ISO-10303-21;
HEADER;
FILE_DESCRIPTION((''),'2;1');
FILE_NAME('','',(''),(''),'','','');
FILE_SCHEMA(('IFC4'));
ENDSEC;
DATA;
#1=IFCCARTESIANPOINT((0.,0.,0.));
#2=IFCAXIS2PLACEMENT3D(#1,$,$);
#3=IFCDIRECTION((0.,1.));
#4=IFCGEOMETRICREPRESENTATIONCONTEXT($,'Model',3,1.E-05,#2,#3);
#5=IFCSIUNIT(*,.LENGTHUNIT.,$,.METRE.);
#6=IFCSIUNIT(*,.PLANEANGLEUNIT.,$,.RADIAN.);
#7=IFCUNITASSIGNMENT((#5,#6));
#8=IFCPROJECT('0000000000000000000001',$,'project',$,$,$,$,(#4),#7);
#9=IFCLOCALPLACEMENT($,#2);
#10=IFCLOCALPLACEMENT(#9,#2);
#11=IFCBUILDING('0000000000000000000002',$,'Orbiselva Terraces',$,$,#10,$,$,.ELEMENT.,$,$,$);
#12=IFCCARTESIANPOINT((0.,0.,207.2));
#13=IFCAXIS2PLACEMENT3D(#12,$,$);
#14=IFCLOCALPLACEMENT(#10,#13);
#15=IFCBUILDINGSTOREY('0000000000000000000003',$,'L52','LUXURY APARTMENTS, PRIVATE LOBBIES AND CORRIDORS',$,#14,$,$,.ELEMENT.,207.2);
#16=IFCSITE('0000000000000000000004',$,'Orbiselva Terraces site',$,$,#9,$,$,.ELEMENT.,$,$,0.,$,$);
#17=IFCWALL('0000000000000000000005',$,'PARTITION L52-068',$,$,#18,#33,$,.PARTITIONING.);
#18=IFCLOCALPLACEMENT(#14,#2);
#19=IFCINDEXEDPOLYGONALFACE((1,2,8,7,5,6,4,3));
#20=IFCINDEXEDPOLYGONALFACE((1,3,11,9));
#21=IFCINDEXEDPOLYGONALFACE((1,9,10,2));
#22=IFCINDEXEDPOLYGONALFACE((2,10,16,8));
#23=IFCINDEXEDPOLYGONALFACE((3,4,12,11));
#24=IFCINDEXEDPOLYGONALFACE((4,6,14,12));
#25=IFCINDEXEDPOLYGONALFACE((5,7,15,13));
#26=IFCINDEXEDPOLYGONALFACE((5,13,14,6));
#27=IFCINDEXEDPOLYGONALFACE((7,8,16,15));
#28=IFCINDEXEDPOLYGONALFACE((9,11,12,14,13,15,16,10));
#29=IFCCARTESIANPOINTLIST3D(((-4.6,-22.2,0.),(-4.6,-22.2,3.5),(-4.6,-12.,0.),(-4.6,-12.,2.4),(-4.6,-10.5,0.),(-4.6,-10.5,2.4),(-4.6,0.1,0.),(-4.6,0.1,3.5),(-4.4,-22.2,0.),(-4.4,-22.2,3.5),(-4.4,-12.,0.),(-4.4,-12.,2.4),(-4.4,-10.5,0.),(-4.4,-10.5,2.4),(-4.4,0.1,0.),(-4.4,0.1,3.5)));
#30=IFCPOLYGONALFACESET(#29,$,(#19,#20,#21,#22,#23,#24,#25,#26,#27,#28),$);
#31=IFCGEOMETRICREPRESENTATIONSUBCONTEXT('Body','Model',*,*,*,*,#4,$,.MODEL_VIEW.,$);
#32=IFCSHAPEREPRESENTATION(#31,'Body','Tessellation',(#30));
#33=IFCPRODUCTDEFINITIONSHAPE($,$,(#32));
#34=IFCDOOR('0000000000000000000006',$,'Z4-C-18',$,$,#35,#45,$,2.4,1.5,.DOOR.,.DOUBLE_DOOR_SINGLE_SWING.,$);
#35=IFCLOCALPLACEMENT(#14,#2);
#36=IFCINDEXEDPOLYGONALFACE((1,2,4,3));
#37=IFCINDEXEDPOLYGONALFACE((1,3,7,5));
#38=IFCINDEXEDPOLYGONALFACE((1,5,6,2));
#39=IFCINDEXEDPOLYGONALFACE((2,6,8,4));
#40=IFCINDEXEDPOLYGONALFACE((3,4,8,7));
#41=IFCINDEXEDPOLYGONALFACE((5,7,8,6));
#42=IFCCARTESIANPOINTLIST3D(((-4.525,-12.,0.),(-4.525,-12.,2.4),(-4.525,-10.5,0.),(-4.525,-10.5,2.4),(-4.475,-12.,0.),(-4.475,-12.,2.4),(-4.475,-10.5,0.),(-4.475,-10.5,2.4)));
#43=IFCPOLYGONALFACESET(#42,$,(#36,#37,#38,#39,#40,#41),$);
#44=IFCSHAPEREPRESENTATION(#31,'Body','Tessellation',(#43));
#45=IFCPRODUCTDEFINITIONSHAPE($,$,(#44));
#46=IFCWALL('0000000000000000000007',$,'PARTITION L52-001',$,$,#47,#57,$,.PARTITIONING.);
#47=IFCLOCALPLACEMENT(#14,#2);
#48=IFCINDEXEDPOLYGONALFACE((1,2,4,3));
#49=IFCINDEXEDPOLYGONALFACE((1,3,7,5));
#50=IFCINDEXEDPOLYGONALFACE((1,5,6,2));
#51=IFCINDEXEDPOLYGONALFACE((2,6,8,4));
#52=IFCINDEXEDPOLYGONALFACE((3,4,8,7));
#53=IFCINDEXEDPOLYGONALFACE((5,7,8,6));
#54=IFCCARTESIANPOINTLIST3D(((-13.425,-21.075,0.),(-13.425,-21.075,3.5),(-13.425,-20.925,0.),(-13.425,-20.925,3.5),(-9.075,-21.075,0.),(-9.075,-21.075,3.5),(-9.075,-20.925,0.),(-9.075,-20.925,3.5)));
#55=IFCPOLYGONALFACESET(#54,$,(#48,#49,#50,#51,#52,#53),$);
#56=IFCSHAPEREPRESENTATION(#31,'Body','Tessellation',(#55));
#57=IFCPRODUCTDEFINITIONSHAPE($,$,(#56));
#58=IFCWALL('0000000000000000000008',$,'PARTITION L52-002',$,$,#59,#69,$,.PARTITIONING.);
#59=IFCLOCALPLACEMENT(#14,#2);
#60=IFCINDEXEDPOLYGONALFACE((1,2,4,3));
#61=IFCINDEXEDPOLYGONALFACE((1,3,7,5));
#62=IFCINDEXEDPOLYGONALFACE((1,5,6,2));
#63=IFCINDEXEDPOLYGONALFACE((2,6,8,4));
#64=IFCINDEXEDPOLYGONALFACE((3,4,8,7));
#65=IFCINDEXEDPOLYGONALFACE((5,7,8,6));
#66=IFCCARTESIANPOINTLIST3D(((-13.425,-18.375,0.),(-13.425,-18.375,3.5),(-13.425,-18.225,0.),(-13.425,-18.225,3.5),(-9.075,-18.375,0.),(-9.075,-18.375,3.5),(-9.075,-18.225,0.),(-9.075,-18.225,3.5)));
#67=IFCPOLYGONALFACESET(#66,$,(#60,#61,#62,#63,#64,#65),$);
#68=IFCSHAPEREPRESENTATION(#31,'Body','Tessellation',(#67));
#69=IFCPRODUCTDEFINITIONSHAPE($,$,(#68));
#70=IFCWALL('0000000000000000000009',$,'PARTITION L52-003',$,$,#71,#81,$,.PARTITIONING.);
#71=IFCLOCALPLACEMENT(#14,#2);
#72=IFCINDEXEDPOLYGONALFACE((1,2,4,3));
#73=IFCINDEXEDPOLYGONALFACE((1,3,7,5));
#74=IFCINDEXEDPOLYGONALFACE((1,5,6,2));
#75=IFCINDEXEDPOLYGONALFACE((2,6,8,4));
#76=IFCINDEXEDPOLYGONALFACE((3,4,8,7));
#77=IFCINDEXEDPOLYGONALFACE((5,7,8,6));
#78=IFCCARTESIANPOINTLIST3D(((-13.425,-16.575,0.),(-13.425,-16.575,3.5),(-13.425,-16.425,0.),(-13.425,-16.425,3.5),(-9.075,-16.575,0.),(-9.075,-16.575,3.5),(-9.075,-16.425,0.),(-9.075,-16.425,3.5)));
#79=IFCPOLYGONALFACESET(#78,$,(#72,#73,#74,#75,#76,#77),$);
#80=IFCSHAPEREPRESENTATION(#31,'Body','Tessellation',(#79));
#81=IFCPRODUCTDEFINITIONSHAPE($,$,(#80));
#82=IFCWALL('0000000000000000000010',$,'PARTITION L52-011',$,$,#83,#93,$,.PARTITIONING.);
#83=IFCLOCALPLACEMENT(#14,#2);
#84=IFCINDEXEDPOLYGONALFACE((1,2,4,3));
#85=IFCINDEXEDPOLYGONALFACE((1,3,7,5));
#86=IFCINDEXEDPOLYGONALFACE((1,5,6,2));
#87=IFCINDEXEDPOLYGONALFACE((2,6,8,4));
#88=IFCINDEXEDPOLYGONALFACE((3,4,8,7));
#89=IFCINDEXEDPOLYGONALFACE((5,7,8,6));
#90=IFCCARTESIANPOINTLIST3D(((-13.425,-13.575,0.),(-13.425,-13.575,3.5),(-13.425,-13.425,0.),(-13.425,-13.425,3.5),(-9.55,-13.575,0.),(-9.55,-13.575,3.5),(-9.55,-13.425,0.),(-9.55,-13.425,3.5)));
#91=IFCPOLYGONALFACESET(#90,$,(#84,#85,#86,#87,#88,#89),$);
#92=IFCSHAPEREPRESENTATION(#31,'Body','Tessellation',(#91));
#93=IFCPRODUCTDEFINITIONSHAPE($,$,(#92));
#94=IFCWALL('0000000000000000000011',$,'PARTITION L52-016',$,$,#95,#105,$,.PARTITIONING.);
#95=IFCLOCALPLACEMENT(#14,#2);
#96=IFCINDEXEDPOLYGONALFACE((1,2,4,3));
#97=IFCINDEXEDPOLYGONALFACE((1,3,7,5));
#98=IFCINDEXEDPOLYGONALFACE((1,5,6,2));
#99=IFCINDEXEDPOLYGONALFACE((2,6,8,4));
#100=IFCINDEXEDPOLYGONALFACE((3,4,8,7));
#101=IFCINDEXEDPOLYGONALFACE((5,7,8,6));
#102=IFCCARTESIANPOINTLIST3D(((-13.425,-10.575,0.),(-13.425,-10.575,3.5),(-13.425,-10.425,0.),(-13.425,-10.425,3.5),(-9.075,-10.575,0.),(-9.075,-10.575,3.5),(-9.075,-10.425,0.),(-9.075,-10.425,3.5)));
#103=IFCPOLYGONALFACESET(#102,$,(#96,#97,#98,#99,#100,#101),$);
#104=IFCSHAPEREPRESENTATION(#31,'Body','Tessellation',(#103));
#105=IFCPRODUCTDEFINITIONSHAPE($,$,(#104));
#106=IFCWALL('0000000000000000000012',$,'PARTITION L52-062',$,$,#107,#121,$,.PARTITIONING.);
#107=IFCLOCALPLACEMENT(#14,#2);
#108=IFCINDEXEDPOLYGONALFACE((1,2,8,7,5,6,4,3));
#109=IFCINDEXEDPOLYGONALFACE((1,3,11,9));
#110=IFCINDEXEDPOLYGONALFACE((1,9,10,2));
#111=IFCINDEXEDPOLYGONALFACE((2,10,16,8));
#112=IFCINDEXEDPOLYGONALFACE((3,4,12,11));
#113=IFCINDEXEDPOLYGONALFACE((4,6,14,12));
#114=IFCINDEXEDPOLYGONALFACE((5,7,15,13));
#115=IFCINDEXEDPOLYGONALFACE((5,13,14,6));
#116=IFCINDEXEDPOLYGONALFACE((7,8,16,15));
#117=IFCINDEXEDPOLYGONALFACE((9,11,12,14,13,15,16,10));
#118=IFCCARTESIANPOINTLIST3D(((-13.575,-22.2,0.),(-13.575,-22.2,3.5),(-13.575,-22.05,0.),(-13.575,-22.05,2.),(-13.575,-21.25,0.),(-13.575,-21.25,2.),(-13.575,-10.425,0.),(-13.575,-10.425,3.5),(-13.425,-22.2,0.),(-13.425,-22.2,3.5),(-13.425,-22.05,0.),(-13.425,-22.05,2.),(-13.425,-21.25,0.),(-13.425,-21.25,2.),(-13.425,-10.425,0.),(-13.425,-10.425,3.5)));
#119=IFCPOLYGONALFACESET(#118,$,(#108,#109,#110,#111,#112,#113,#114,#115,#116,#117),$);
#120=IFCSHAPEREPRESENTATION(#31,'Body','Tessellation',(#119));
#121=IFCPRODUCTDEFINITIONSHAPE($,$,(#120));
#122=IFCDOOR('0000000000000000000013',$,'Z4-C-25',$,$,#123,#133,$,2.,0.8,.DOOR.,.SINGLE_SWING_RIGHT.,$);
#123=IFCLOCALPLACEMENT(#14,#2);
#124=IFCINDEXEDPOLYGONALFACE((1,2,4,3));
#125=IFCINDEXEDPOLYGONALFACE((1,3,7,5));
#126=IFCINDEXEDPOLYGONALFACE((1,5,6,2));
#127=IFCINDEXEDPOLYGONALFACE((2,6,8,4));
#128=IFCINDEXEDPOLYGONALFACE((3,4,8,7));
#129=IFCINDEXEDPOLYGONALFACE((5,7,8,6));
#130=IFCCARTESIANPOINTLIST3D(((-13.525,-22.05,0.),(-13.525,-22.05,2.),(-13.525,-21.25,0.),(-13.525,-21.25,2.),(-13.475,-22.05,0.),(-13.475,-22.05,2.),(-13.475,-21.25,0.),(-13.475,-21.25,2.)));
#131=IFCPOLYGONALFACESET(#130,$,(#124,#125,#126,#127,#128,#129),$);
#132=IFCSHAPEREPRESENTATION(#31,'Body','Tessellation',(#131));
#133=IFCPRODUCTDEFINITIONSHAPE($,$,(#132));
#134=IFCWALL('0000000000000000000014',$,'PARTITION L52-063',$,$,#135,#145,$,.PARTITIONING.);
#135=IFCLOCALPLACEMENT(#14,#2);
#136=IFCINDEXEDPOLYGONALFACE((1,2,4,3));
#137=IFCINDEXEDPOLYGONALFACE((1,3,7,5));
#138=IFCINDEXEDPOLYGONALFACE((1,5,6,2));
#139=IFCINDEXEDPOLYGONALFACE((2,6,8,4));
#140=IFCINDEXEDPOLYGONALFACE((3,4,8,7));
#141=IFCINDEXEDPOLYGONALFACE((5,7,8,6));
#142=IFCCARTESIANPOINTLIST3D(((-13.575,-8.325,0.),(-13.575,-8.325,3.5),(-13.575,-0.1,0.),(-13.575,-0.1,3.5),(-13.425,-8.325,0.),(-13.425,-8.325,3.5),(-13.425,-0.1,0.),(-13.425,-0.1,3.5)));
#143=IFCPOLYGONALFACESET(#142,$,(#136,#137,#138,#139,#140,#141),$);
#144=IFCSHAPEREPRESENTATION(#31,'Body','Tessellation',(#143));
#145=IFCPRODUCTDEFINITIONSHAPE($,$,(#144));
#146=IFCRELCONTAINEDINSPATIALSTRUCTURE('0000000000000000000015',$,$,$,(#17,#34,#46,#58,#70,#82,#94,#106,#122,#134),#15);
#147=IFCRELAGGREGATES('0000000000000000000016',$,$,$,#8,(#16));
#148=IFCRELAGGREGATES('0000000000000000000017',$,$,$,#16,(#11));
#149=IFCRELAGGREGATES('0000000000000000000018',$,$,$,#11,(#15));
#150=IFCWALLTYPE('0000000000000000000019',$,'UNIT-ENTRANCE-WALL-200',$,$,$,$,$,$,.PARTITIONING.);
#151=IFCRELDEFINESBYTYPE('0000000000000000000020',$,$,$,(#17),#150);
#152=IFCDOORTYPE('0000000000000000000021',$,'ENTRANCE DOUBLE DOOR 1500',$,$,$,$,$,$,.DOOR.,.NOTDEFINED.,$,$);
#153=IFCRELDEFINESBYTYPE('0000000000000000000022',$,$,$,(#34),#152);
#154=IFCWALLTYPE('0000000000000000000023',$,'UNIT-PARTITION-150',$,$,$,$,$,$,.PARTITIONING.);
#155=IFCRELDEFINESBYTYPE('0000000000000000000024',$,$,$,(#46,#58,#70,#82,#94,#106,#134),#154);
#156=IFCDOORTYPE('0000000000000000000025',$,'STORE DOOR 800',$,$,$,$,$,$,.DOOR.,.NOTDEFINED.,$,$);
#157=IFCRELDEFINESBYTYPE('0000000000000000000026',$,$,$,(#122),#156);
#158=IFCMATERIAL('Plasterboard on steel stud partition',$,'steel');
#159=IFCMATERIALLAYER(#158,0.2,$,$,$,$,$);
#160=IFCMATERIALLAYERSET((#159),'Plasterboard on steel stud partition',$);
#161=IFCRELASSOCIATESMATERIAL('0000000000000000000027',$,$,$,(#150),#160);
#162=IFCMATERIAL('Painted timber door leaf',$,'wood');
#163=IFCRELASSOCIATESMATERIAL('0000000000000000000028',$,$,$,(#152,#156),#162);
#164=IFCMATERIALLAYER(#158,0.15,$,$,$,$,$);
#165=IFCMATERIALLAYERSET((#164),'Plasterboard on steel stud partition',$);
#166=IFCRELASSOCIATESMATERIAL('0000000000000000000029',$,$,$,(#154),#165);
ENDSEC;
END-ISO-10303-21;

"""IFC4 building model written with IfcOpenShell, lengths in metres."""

from ifc_helpers import new_model, si_unit, direction, frame, frame_2d, origin, place, context, subcontext, project, spatial, rectangle, extrude, material, layer, layer_set, type_object, element, fill, save


model = new_model("IFC4")

# Units and contexts
model_context = context("Model", 3, precision=1e-05, world=origin(), true_north=direction((0.0, 1.0)))
body_context = subcontext(model_context, "Body", "Model", "MODEL_VIEW")
ifc_project = project(units=[si_unit("LENGTHUNIT", "METRE"), si_unit("PLANEANGLEUNIT", "RADIAN")], contexts=[model_context])

# Site, building, storey
site_placement = place(None, origin())
site = spatial("IfcSite", under=ifc_project, at=site_placement, Name="Orbiselva Terraces site", CompositionType="ELEMENT", RefElevation=0.0)
building_placement = place(site_placement, origin())
building = spatial("IfcBuilding", under=site, at=building_placement, Name="Orbiselva Terraces", CompositionType="ELEMENT")
storey_placement = place(building_placement, frame((0.0, 0.0, 207.2)))
storey = spatial("IfcBuildingStorey", under=building, at=storey_placement, Name="L52", Description="LUXURY APARTMENTS, PRIVATE LOBBIES AND CORRIDORS", CompositionType="ELEMENT", Elevation=207.2)

# Wall, opening, door
ifc_material_1 = material(Name="Plasterboard on steel stud partition", Category="steel")
ifc_layer_1 = layer(ifc_material_1, 0.2)
ifc_layer_set_1 = layer_set([ifc_layer_1], Name="Plasterboard on steel stud partition")
wall_type_1 = type_object("IfcWallType", Name="UNIT-ENTRANCE-WALL-200", PredefinedType="PARTITIONING", material=ifc_layer_set_1)
wall_1_placement = place(storey_placement, frame((-4.5, -22.2, 0.0), z_axis=(0.0, 0.0, 1.0), x_axis=(0.0, 1.0, 0.0)))
wall_1 = element("IfcWall", 1, at=wall_1_placement, inside=storey, type_object=wall_type_1, Name="PARTITION L52-068", PredefinedType="PARTITIONING", context=body_context, shape_type="SweptSolid", body=[
    extrude(rectangle(XDim=22.3, YDim=0.2, at=frame_2d((11.15, 0.0))), origin(), (0.0, 0.0, 1.0), 3.5),
])
opening_1_placement = place(wall_1_placement, frame((10.2, 0.0, 0.0)))
opening_1 = element("IfcOpeningElement", 2, at=opening_1_placement, cuts=wall_1, PredefinedType="OPENING", context=body_context, shape_type="SweptSolid", body=[
    extrude(rectangle(XDim=1.5, YDim=2.4, at=frame_2d((0.75, 1.2))), frame((0.0, 0.11, 0.0), z_axis=(0.0, -1.0, 0.0), x_axis=(1.0, 0.0, 0.0)), (0.0, 0.0, 1.0), 0.22),
])
ifc_material_2 = material(Name="Painted timber door leaf", Category="wood")
door_type_1 = type_object("IfcDoorType", Name="ENTRANCE DOUBLE DOOR 1500", OperationType="NOTDEFINED", PredefinedType="DOOR", material=ifc_material_2)
door_1_placement = place(opening_1_placement, origin())
door_1 = element("IfcDoor", 3, at=door_1_placement, inside=storey, type_object=door_type_1, Name="Z4-C-18", OperationType="DOUBLE_DOOR_SINGLE_SWING", OverallHeight=2.4, OverallWidth=1.5, PredefinedType="DOOR", context=body_context, shape_type="SweptSolid", body=[
    extrude(rectangle(XDim=1.5, YDim=2.4, at=frame_2d((0.75, 1.2))), frame((0.0, 0.025, 0.0), z_axis=(0.0, -1.0, 0.0), x_axis=(1.0, 0.0, 0.0)), (0.0, 0.0, 1.0), 0.05),
])
fill(opening_1, door_1)

# Walls
ifc_layer_2 = layer(ifc_material_1, 0.15)
ifc_layer_set_2 = layer_set([ifc_layer_2], Name="Plasterboard on steel stud partition")
wall_type_2 = type_object("IfcWallType", Name="UNIT-PARTITION-150", PredefinedType="PARTITIONING", material=ifc_layer_set_2)
for number, where, z_axis, x_axis, name in (
    (4, (-13.425, -21.0, 0.0), (0.0, 0.0, 1.0), (1.0, 0.0, 0.0), "PARTITION L52-001"),
    (5, (-13.425, -18.3, 0.0), (0.0, 0.0, 1.0), (1.0, 0.0, 0.0), "PARTITION L52-002"),
    (6, (-13.425, -16.5, 0.0), (0.0, 0.0, 1.0), (1.0, 0.0, 0.0), "PARTITION L52-003"),
):
    element("IfcWall", number, at=place(storey_placement, frame(where, z_axis=z_axis, x_axis=x_axis)), inside=storey, type_object=wall_type_2, Name=name, PredefinedType="PARTITIONING", context=body_context, shape_type="SweptSolid", body=[
        extrude(rectangle(XDim=4.35, YDim=0.15, at=frame_2d((2.175, 0.0))), origin(), (0.0, 0.0, 1.0), 3.5),
    ])
wall_2_placement = place(storey_placement, frame((-13.425, -13.5, 0.0), z_axis=(0.0, 0.0, 1.0), x_axis=(1.0, 0.0, 0.0)))
element("IfcWall", 7, at=wall_2_placement, inside=storey, type_object=wall_type_2, Name="PARTITION L52-011", PredefinedType="PARTITIONING", context=body_context, shape_type="SweptSolid", body=[
    extrude(rectangle(XDim=3.875, YDim=0.15, at=frame_2d((1.9375, 0.0))), origin(), (0.0, 0.0, 1.0), 3.5),
])
wall_3_placement = place(storey_placement, frame((-13.425, -10.5, 0.0), z_axis=(0.0, 0.0, 1.0), x_axis=(1.0, 0.0, 0.0)))
element("IfcWall", 8, at=wall_3_placement, inside=storey, type_object=wall_type_2, Name="PARTITION L52-016", PredefinedType="PARTITIONING", context=body_context, shape_type="SweptSolid", body=[
    extrude(rectangle(XDim=4.35, YDim=0.15, at=frame_2d((2.175, 0.0))), origin(), (0.0, 0.0, 1.0), 3.5),
])

# Wall, opening, door
wall_4_placement = place(storey_placement, frame((-13.5, -10.425, 0.0), z_axis=(0.0, 0.0, 1.0), x_axis=(0.0, -1.0, 0.0)))
wall_4 = element("IfcWall", 9, at=wall_4_placement, inside=storey, type_object=wall_type_2, Name="PARTITION L52-062", PredefinedType="PARTITIONING", context=body_context, shape_type="SweptSolid", body=[
    extrude(rectangle(XDim=11.775, YDim=0.15, at=frame_2d((5.8875, 0.0))), origin(), (0.0, 0.0, 1.0), 3.5),
])
opening_2_placement = place(wall_4_placement, frame((10.825, 0.0, 0.0)))
opening_2 = element("IfcOpeningElement", 10, at=opening_2_placement, cuts=wall_4, PredefinedType="OPENING", context=body_context, shape_type="SweptSolid", body=[
    extrude(rectangle(XDim=0.8, YDim=2.0, at=frame_2d((0.4, 1.0))), frame((0.0, 0.085, 0.0), z_axis=(0.0, -1.0, 0.0), x_axis=(1.0, 0.0, 0.0)), (0.0, 0.0, 1.0), 0.17),
])
door_type_2 = type_object("IfcDoorType", Name="STORE DOOR 800", OperationType="NOTDEFINED", PredefinedType="DOOR", material=ifc_material_2)
door_2_placement = place(opening_2_placement, origin())
door_2 = element("IfcDoor", 11, at=door_2_placement, inside=storey, type_object=door_type_2, Name="Z4-C-25", OperationType="SINGLE_SWING_RIGHT", OverallHeight=2.0, OverallWidth=0.8, PredefinedType="DOOR", context=body_context, shape_type="SweptSolid", body=[
    extrude(rectangle(XDim=0.8, YDim=2.0, at=frame_2d((0.4, 1.0))), frame((0.0, 0.025, 0.0), z_axis=(0.0, -1.0, 0.0), x_axis=(1.0, 0.0, 0.0)), (0.0, 0.0, 1.0), 0.05),
])
fill(opening_2, door_2)

# Wall
wall_5_placement = place(storey_placement, frame((-13.5, -8.325, 0.0), z_axis=(0.0, 0.0, 1.0), x_axis=(0.0, 1.0, 0.0)))
element("IfcWall", 12, at=wall_5_placement, inside=storey, type_object=wall_type_2, Name="PARTITION L52-063", PredefinedType="PARTITIONING", context=body_context, shape_type="SweptSolid", body=[
    extrude(rectangle(XDim=8.225, YDim=0.15, at=frame_2d((4.1125, 0.0))), origin(), (0.0, 0.0, 1.0), 3.5),
])

save(model, "model.ifc")
